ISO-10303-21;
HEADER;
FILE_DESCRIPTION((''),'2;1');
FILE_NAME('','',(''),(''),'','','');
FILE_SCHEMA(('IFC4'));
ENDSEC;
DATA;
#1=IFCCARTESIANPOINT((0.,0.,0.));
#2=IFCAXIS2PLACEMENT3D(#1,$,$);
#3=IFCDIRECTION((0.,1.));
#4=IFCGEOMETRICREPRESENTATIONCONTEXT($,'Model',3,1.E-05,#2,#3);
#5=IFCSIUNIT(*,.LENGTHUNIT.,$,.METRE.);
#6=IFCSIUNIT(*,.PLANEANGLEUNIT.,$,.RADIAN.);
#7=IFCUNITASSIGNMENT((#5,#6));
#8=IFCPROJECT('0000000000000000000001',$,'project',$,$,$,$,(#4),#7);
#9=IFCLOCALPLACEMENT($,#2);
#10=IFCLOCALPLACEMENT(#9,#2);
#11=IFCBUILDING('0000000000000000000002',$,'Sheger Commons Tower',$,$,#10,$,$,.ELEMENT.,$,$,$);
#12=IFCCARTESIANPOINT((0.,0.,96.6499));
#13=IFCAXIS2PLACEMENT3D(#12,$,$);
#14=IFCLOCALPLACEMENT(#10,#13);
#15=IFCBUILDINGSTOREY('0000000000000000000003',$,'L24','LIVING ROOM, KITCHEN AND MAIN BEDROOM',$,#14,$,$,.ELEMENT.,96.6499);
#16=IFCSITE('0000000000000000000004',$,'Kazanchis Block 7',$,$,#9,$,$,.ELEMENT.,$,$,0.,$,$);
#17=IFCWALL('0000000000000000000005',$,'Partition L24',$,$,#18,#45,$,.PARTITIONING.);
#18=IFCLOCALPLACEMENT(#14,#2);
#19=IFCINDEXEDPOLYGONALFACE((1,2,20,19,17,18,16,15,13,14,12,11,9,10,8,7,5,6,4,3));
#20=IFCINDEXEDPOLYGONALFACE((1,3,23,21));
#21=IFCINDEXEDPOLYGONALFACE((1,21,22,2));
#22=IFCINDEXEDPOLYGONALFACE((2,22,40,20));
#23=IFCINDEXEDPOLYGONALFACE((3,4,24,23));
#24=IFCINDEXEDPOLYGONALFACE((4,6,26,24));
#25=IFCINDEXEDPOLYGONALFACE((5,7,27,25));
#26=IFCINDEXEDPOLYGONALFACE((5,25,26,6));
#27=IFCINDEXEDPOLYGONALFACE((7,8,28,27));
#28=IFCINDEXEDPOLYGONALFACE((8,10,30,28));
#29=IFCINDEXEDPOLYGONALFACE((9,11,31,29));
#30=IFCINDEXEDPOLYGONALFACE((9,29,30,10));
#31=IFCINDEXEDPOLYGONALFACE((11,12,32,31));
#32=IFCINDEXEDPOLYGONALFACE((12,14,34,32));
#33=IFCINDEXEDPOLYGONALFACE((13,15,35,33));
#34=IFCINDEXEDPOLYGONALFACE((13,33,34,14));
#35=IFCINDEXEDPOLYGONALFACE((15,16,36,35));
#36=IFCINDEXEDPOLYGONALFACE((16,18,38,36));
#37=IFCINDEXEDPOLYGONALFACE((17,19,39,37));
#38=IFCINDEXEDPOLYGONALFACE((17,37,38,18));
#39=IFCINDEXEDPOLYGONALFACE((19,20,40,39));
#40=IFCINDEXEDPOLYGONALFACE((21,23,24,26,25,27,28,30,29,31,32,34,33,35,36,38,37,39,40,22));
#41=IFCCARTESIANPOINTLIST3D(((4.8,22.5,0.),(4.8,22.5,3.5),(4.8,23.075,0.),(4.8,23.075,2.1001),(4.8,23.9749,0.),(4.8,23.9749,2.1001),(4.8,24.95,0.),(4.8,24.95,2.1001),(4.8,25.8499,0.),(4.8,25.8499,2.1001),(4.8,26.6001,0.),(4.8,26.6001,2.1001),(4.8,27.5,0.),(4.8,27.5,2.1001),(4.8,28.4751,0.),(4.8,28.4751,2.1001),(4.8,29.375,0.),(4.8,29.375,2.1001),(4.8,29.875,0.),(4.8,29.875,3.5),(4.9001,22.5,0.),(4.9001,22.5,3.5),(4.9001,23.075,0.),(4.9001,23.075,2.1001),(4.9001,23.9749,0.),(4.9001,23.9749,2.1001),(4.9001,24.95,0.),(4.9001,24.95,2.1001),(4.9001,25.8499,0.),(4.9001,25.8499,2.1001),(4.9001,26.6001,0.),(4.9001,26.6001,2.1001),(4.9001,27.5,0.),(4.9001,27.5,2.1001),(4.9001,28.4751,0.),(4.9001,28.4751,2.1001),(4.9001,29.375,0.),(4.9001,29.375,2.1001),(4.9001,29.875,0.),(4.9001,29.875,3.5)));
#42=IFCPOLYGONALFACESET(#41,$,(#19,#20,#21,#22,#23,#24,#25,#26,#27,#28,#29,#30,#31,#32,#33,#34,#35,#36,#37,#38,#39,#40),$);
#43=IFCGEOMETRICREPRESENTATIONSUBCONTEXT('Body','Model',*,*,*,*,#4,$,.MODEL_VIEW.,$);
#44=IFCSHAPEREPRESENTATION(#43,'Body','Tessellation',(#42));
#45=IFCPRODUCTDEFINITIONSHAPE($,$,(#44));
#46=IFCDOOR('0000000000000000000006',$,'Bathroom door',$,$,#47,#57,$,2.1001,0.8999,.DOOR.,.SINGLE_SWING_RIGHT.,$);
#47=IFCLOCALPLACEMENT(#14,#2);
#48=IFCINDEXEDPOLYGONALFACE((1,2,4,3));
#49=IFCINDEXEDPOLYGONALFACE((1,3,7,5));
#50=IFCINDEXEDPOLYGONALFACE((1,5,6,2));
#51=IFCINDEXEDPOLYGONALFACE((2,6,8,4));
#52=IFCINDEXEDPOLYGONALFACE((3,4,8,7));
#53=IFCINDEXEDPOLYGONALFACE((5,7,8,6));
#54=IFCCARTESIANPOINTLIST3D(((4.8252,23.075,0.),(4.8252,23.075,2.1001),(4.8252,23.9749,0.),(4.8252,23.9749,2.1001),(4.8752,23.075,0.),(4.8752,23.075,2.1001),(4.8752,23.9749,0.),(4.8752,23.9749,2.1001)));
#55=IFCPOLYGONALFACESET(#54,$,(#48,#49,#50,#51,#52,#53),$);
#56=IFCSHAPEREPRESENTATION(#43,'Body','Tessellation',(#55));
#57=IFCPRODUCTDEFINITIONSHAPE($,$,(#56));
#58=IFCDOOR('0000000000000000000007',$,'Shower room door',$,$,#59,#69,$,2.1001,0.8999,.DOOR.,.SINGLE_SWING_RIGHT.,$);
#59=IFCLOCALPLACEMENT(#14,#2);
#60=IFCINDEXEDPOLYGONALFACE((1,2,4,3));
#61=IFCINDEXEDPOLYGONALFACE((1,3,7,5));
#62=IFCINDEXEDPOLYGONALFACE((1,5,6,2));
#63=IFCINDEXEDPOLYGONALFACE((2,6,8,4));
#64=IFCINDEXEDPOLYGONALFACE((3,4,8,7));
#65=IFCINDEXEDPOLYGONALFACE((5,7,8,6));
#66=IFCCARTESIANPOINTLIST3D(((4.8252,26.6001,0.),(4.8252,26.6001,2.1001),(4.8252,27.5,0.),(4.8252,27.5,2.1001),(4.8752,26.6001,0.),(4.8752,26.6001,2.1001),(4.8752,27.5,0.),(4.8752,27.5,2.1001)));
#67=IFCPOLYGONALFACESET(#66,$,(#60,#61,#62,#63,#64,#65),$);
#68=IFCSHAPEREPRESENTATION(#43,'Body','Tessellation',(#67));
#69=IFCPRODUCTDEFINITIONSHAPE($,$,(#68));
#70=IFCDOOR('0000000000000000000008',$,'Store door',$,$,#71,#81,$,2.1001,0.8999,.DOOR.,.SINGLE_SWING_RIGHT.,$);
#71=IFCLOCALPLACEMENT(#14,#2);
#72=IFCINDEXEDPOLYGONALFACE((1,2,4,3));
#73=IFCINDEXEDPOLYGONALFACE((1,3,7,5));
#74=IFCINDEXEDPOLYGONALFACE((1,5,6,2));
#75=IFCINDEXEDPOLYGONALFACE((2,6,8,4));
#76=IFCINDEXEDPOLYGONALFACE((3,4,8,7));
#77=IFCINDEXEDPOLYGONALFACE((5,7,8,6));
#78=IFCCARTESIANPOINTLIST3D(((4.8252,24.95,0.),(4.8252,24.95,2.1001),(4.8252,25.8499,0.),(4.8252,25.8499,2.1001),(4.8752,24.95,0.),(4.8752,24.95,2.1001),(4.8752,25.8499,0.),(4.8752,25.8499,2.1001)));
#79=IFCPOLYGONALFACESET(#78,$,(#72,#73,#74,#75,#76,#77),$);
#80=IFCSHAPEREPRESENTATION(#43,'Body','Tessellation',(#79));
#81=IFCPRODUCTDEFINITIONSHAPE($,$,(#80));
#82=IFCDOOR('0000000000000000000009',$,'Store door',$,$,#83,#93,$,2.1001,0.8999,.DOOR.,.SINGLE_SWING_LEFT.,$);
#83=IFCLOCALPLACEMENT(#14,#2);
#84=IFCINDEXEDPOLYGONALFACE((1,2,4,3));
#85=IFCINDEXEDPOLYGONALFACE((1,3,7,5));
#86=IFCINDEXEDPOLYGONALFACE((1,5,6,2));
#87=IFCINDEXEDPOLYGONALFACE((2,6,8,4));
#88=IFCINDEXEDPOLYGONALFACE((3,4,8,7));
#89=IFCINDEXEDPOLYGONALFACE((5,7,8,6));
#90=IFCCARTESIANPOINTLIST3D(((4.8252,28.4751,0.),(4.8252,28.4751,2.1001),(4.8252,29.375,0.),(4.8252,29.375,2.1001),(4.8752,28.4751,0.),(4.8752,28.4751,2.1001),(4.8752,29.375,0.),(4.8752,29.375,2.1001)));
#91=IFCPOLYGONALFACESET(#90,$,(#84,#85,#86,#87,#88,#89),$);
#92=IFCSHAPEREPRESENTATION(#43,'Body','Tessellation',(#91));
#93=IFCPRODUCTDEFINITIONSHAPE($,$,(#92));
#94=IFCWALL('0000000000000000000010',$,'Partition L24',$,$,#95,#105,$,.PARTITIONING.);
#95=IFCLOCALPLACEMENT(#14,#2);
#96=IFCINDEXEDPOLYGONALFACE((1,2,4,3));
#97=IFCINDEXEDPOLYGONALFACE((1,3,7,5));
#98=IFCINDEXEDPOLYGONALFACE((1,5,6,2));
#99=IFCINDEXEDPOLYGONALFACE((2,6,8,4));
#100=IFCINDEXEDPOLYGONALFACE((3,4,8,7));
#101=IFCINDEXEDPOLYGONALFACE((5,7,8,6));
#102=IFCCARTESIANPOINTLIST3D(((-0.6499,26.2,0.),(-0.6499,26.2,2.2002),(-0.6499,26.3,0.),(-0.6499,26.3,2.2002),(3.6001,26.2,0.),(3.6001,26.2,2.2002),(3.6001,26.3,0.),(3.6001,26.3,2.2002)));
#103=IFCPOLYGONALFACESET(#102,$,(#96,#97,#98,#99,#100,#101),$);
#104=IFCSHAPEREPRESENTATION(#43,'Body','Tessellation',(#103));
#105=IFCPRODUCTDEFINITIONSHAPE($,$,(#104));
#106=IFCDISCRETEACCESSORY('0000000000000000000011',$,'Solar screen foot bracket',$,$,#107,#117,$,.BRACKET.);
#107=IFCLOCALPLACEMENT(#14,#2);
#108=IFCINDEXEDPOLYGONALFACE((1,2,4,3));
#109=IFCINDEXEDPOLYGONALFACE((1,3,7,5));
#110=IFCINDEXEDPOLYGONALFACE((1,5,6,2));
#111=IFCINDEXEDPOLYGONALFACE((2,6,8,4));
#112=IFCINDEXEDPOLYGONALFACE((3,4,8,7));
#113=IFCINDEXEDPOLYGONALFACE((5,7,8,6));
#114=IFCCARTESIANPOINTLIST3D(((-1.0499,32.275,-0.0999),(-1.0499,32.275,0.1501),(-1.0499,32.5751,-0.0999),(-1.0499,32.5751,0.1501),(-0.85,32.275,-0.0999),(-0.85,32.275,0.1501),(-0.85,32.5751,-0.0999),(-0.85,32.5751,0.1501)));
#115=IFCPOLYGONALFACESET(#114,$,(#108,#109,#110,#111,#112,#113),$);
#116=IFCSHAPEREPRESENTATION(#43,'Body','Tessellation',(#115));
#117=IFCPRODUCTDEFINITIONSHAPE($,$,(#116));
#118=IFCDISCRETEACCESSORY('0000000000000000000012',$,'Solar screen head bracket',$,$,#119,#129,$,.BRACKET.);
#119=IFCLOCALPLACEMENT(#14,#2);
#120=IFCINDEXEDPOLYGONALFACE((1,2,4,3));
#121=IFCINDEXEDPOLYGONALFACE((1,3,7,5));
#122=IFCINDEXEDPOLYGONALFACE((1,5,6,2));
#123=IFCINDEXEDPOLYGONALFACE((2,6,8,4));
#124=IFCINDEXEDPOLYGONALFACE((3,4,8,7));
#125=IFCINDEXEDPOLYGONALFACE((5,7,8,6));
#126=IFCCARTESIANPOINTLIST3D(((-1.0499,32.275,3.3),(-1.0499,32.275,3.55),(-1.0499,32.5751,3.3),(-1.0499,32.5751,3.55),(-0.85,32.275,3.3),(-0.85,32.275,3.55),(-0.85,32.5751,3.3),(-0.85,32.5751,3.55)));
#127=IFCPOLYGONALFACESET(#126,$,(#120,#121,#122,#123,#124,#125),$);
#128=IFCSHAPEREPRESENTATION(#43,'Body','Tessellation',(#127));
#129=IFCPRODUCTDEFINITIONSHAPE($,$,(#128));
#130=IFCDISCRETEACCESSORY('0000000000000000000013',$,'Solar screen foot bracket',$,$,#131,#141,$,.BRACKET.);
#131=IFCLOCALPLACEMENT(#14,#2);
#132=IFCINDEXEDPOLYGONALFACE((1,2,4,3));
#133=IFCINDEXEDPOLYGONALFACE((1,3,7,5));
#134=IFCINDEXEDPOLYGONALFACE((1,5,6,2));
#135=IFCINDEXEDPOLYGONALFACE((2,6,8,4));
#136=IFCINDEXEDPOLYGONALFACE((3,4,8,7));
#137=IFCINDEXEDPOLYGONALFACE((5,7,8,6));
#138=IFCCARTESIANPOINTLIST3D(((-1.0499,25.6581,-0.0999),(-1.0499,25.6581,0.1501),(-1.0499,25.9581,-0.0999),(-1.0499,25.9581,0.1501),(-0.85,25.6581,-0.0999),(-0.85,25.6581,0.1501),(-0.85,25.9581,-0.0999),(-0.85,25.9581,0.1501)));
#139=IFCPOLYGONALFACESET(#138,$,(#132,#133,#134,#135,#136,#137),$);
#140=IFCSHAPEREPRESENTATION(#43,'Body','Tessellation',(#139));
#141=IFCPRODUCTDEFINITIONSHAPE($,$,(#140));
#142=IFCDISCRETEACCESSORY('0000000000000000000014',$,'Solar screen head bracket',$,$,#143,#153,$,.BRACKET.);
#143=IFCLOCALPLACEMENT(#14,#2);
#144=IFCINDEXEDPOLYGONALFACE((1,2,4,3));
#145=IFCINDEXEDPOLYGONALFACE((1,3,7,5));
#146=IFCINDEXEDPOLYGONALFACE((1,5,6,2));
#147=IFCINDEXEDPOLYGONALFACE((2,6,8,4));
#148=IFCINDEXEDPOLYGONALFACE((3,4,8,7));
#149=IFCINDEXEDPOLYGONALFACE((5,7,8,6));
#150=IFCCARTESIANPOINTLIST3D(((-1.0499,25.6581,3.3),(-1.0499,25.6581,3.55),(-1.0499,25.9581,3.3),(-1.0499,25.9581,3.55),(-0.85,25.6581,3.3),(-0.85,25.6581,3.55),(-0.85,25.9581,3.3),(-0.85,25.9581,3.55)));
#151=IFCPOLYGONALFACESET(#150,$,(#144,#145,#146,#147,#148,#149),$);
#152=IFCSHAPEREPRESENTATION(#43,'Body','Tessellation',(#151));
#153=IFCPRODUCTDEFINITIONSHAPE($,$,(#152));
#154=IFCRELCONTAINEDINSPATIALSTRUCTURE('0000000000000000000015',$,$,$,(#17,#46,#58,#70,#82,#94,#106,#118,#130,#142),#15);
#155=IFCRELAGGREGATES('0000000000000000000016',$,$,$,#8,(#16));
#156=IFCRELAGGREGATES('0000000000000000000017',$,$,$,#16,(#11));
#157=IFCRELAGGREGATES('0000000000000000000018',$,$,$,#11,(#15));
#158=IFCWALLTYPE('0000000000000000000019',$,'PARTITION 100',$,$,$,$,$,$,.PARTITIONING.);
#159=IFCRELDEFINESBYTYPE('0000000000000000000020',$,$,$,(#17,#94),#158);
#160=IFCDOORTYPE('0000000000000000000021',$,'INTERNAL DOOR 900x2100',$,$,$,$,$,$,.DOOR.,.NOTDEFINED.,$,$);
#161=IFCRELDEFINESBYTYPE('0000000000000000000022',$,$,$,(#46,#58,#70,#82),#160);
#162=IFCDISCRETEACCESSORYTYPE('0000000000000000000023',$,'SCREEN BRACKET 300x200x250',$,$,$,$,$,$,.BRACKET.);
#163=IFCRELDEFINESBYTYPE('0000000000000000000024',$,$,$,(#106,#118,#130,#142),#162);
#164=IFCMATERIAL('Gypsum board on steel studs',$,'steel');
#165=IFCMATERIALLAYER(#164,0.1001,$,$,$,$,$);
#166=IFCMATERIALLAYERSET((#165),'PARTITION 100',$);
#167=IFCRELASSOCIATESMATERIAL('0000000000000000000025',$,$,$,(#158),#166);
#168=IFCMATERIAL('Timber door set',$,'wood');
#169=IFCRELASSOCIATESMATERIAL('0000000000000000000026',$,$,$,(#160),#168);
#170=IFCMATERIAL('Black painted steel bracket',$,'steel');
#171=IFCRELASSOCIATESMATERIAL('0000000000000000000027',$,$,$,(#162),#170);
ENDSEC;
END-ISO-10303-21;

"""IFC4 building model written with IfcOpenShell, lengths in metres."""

from ifc_helpers import new_model, si_unit, direction, frame, frame_2d, origin, origin_2d, place, context, subcontext, project, spatial, rectangle, extrude, material, layer, layer_set, type_object, element, fill, save


model = new_model("IFC4")

# Units and contexts
model_context = context("Model", 3, precision=1e-05, world=origin(), true_north=direction((0.0, 1.0)))
body_context = subcontext(model_context, "Body", "Model", "MODEL_VIEW")
ifc_project = project(units=[si_unit("LENGTHUNIT", "METRE"), si_unit("PLANEANGLEUNIT", "RADIAN")], contexts=[model_context])

# Site, building, storey
site_placement = place(None, origin())
site = spatial("IfcSite", under=ifc_project, at=site_placement, Name="Kazanchis Block 7", CompositionType="ELEMENT", RefElevation=0.0)
building_placement = place(site_placement, origin())
building = spatial("IfcBuilding", under=site, at=building_placement, Name="Sheger Commons Tower", CompositionType="ELEMENT")
storey_placement = place(building_placement, frame((0.0, 0.0, 96.6499)))
storey = spatial("IfcBuildingStorey", under=building, at=storey_placement, Name="L24", Description="LIVING ROOM, KITCHEN AND MAIN BEDROOM", CompositionType="ELEMENT", Elevation=96.6499)

# Wall, openings, doors
ifc_material_1 = material(Name="Gypsum board on steel studs", Category="steel")
ifc_layer_1 = layer(ifc_material_1, 0.1001)
ifc_layer_set_1 = layer_set([ifc_layer_1], Name="PARTITION 100")
wall_type_1 = type_object("IfcWallType", Name="PARTITION 100", PredefinedType="PARTITIONING", material=ifc_layer_set_1)
wall_1_placement = place(storey_placement, frame((4.8501, 22.5, 0.0), z_axis=(0.0, 0.0, 1.0), x_axis=(0.0, 1.0, 0.0)))
wall_1 = element("IfcWall", 1, at=wall_1_placement, inside=storey, type_object=wall_type_1, Name="Partition L24", PredefinedType="PARTITIONING", context=body_context, shape_type="SweptSolid", body=[
    extrude(rectangle(XDim=7.375, YDim=0.1001, at=frame_2d((3.6875, 0.0))), origin(), (0.0, 0.0, 1.0), 3.5),
])
opening_1_placement = place(wall_1_placement, frame((0.575, 0.0, 0.0)))
opening_1 = element("IfcOpeningElement", 2, at=opening_1_placement, cuts=wall_1, PredefinedType="OPENING", context=body_context, shape_type="SweptSolid", body=[
    extrude(rectangle(XDim=0.8999, YDim=2.1001, at=frame_2d((0.45, 1.05))), frame((0.0, 0.0601, 0.0), z_axis=(0.0, -1.0, 0.0), x_axis=(1.0, 0.0, 0.0)), (0.0, 0.0, 1.0), 0.1201),
])
opening_2_placement = place(wall_1_placement, frame((4.1001, 0.0, 0.0)))
opening_2 = element("IfcOpeningElement", 3, at=opening_2_placement, cuts=wall_1, PredefinedType="OPENING", context=body_context, shape_type="SweptSolid", body=[
    extrude(rectangle(XDim=0.8999, YDim=2.1001, at=frame_2d((0.45, 1.05))), frame((0.0, 0.0601, 0.0), z_axis=(0.0, -1.0, 0.0), x_axis=(1.0, 0.0, 0.0)), (0.0, 0.0, 1.0), 0.1201),
])
opening_3_placement = place(wall_1_placement, frame((2.45, 0.0, 0.0)))
opening_3 = element("IfcOpeningElement", 4, at=opening_3_placement, cuts=wall_1, PredefinedType="OPENING", context=body_context, shape_type="SweptSolid", body=[
    extrude(rectangle(XDim=0.8999, YDim=2.1001, at=frame_2d((0.45, 1.05))), frame((0.0, 0.0601, 0.0), z_axis=(0.0, -1.0, 0.0), x_axis=(1.0, 0.0, 0.0)), (0.0, 0.0, 1.0), 0.1201),
])
opening_4_placement = place(wall_1_placement, frame((5.9751, 0.0, 0.0)))
opening_4 = element("IfcOpeningElement", 5, at=opening_4_placement, cuts=wall_1, PredefinedType="OPENING", context=body_context, shape_type="SweptSolid", body=[
    extrude(rectangle(XDim=0.8999, YDim=2.1001, at=frame_2d((0.45, 1.05))), frame((0.0, 0.0601, 0.0), z_axis=(0.0, -1.0, 0.0), x_axis=(1.0, 0.0, 0.0)), (0.0, 0.0, 1.0), 0.1201),
])
ifc_material_2 = material(Name="Timber door set", Category="wood")
door_type = type_object("IfcDoorType", Name="INTERNAL DOOR 900x2100", OperationType="NOTDEFINED", PredefinedType="DOOR", material=ifc_material_2)
door_1_placement = place(opening_1_placement, origin())
door_1 = element("IfcDoor", 6, at=door_1_placement, inside=storey, type_object=door_type, Name="Bathroom door", OperationType="SINGLE_SWING_RIGHT", OverallHeight=2.1001, OverallWidth=0.8999, PredefinedType="DOOR", context=body_context, shape_type="SweptSolid", body=[
    extrude(rectangle(XDim=0.8999, YDim=2.1001, at=frame_2d((0.45, 1.05))), frame((0.0, 0.0249, 0.0), z_axis=(0.0, -1.0, 0.0), x_axis=(1.0, 0.0, 0.0)), (0.0, 0.0, 1.0), 0.05),
])
fill(opening_1, door_1)
door_2_placement = place(opening_2_placement, origin())
door_2 = element("IfcDoor", 7, at=door_2_placement, inside=storey, type_object=door_type, Name="Shower room door", OperationType="SINGLE_SWING_RIGHT", OverallHeight=2.1001, OverallWidth=0.8999, PredefinedType="DOOR", context=body_context, shape_type="SweptSolid", body=[
    extrude(rectangle(XDim=0.8999, YDim=2.1001, at=frame_2d((0.45, 1.05))), frame((0.0, 0.0249, 0.0), z_axis=(0.0, -1.0, 0.0), x_axis=(1.0, 0.0, 0.0)), (0.0, 0.0, 1.0), 0.05),
])
fill(opening_2, door_2)
door_3_placement = place(opening_3_placement, origin())
door_3 = element("IfcDoor", 8, at=door_3_placement, inside=storey, type_object=door_type, Name="Store door", OperationType="SINGLE_SWING_RIGHT", OverallHeight=2.1001, OverallWidth=0.8999, PredefinedType="DOOR", context=body_context, shape_type="SweptSolid", body=[
    extrude(rectangle(XDim=0.8999, YDim=2.1001, at=frame_2d((0.45, 1.05))), frame((0.0, 0.0249, 0.0), z_axis=(0.0, -1.0, 0.0), x_axis=(1.0, 0.0, 0.0)), (0.0, 0.0, 1.0), 0.05),
])
fill(opening_3, door_3)
door_4_placement = place(opening_4_placement, origin())
door_4 = element("IfcDoor", 9, at=door_4_placement, inside=storey, type_object=door_type, Name="Store door", OperationType="SINGLE_SWING_LEFT", OverallHeight=2.1001, OverallWidth=0.8999, PredefinedType="DOOR", context=body_context, shape_type="SweptSolid", body=[
    extrude(rectangle(XDim=0.8999, YDim=2.1001, at=frame_2d((0.45, 1.05))), frame((0.0, 0.0249, 0.0), z_axis=(0.0, -1.0, 0.0), x_axis=(1.0, 0.0, 0.0)), (0.0, 0.0, 1.0), 0.05),
])
fill(opening_4, door_4)

# Wall
wall_2_placement = place(storey_placement, frame((-0.6499, 26.25, 0.0), z_axis=(0.0, 0.0, 1.0), x_axis=(1.0, 0.0, 0.0)))
element("IfcWall", 10, at=wall_2_placement, inside=storey, type_object=wall_type_1, Name="Partition L24", PredefinedType="PARTITIONING", context=body_context, shape_type="SweptSolid", body=[
    extrude(rectangle(XDim=4.25, YDim=0.1001, at=frame_2d((2.125, 0.0))), origin(), (0.0, 0.0, 1.0), 2.2002),
])

# Discrete accessories
ifc_material_3 = material(Name="Black painted steel bracket", Category="steel")
discrete_accessory_type = type_object("IfcDiscreteAccessoryType", Name="SCREEN BRACKET 300x200x250", PredefinedType="BRACKET", material=ifc_material_3)
for number, where, z_axis, x_axis, name in (
    (11, (-0.95, 32.425, -0.0999), (0.0, 0.0, 1.0), (0.0, -1.0, 0.0), "Solar screen foot bracket"),
    (12, (-0.95, 32.425, 3.3), (0.0, 0.0, 1.0), (0.0, -1.0, 0.0), "Solar screen head bracket"),
    (13, (-0.95, 25.8081, -0.0999), (0.0, 0.0, 1.0), (0.0, -1.0, 0.0), "Solar screen foot bracket"),
    (14, (-0.95, 25.8081, 3.3), (0.0, 0.0, 1.0), (0.0, -1.0, 0.0), "Solar screen head bracket"),
):
    element("IfcDiscreteAccessory", number, at=place(storey_placement, frame(where, z_axis=z_axis, x_axis=x_axis)), inside=storey, type_object=discrete_accessory_type, Name=name, PredefinedType="BRACKET", context=body_context, shape_type="SweptSolid", body=[
        extrude(rectangle(XDim=0.3, YDim=0.2, at=origin_2d()), origin(), (0.0, 0.0, 1.0), 0.25),
    ])

save(model, "model.ifc")
